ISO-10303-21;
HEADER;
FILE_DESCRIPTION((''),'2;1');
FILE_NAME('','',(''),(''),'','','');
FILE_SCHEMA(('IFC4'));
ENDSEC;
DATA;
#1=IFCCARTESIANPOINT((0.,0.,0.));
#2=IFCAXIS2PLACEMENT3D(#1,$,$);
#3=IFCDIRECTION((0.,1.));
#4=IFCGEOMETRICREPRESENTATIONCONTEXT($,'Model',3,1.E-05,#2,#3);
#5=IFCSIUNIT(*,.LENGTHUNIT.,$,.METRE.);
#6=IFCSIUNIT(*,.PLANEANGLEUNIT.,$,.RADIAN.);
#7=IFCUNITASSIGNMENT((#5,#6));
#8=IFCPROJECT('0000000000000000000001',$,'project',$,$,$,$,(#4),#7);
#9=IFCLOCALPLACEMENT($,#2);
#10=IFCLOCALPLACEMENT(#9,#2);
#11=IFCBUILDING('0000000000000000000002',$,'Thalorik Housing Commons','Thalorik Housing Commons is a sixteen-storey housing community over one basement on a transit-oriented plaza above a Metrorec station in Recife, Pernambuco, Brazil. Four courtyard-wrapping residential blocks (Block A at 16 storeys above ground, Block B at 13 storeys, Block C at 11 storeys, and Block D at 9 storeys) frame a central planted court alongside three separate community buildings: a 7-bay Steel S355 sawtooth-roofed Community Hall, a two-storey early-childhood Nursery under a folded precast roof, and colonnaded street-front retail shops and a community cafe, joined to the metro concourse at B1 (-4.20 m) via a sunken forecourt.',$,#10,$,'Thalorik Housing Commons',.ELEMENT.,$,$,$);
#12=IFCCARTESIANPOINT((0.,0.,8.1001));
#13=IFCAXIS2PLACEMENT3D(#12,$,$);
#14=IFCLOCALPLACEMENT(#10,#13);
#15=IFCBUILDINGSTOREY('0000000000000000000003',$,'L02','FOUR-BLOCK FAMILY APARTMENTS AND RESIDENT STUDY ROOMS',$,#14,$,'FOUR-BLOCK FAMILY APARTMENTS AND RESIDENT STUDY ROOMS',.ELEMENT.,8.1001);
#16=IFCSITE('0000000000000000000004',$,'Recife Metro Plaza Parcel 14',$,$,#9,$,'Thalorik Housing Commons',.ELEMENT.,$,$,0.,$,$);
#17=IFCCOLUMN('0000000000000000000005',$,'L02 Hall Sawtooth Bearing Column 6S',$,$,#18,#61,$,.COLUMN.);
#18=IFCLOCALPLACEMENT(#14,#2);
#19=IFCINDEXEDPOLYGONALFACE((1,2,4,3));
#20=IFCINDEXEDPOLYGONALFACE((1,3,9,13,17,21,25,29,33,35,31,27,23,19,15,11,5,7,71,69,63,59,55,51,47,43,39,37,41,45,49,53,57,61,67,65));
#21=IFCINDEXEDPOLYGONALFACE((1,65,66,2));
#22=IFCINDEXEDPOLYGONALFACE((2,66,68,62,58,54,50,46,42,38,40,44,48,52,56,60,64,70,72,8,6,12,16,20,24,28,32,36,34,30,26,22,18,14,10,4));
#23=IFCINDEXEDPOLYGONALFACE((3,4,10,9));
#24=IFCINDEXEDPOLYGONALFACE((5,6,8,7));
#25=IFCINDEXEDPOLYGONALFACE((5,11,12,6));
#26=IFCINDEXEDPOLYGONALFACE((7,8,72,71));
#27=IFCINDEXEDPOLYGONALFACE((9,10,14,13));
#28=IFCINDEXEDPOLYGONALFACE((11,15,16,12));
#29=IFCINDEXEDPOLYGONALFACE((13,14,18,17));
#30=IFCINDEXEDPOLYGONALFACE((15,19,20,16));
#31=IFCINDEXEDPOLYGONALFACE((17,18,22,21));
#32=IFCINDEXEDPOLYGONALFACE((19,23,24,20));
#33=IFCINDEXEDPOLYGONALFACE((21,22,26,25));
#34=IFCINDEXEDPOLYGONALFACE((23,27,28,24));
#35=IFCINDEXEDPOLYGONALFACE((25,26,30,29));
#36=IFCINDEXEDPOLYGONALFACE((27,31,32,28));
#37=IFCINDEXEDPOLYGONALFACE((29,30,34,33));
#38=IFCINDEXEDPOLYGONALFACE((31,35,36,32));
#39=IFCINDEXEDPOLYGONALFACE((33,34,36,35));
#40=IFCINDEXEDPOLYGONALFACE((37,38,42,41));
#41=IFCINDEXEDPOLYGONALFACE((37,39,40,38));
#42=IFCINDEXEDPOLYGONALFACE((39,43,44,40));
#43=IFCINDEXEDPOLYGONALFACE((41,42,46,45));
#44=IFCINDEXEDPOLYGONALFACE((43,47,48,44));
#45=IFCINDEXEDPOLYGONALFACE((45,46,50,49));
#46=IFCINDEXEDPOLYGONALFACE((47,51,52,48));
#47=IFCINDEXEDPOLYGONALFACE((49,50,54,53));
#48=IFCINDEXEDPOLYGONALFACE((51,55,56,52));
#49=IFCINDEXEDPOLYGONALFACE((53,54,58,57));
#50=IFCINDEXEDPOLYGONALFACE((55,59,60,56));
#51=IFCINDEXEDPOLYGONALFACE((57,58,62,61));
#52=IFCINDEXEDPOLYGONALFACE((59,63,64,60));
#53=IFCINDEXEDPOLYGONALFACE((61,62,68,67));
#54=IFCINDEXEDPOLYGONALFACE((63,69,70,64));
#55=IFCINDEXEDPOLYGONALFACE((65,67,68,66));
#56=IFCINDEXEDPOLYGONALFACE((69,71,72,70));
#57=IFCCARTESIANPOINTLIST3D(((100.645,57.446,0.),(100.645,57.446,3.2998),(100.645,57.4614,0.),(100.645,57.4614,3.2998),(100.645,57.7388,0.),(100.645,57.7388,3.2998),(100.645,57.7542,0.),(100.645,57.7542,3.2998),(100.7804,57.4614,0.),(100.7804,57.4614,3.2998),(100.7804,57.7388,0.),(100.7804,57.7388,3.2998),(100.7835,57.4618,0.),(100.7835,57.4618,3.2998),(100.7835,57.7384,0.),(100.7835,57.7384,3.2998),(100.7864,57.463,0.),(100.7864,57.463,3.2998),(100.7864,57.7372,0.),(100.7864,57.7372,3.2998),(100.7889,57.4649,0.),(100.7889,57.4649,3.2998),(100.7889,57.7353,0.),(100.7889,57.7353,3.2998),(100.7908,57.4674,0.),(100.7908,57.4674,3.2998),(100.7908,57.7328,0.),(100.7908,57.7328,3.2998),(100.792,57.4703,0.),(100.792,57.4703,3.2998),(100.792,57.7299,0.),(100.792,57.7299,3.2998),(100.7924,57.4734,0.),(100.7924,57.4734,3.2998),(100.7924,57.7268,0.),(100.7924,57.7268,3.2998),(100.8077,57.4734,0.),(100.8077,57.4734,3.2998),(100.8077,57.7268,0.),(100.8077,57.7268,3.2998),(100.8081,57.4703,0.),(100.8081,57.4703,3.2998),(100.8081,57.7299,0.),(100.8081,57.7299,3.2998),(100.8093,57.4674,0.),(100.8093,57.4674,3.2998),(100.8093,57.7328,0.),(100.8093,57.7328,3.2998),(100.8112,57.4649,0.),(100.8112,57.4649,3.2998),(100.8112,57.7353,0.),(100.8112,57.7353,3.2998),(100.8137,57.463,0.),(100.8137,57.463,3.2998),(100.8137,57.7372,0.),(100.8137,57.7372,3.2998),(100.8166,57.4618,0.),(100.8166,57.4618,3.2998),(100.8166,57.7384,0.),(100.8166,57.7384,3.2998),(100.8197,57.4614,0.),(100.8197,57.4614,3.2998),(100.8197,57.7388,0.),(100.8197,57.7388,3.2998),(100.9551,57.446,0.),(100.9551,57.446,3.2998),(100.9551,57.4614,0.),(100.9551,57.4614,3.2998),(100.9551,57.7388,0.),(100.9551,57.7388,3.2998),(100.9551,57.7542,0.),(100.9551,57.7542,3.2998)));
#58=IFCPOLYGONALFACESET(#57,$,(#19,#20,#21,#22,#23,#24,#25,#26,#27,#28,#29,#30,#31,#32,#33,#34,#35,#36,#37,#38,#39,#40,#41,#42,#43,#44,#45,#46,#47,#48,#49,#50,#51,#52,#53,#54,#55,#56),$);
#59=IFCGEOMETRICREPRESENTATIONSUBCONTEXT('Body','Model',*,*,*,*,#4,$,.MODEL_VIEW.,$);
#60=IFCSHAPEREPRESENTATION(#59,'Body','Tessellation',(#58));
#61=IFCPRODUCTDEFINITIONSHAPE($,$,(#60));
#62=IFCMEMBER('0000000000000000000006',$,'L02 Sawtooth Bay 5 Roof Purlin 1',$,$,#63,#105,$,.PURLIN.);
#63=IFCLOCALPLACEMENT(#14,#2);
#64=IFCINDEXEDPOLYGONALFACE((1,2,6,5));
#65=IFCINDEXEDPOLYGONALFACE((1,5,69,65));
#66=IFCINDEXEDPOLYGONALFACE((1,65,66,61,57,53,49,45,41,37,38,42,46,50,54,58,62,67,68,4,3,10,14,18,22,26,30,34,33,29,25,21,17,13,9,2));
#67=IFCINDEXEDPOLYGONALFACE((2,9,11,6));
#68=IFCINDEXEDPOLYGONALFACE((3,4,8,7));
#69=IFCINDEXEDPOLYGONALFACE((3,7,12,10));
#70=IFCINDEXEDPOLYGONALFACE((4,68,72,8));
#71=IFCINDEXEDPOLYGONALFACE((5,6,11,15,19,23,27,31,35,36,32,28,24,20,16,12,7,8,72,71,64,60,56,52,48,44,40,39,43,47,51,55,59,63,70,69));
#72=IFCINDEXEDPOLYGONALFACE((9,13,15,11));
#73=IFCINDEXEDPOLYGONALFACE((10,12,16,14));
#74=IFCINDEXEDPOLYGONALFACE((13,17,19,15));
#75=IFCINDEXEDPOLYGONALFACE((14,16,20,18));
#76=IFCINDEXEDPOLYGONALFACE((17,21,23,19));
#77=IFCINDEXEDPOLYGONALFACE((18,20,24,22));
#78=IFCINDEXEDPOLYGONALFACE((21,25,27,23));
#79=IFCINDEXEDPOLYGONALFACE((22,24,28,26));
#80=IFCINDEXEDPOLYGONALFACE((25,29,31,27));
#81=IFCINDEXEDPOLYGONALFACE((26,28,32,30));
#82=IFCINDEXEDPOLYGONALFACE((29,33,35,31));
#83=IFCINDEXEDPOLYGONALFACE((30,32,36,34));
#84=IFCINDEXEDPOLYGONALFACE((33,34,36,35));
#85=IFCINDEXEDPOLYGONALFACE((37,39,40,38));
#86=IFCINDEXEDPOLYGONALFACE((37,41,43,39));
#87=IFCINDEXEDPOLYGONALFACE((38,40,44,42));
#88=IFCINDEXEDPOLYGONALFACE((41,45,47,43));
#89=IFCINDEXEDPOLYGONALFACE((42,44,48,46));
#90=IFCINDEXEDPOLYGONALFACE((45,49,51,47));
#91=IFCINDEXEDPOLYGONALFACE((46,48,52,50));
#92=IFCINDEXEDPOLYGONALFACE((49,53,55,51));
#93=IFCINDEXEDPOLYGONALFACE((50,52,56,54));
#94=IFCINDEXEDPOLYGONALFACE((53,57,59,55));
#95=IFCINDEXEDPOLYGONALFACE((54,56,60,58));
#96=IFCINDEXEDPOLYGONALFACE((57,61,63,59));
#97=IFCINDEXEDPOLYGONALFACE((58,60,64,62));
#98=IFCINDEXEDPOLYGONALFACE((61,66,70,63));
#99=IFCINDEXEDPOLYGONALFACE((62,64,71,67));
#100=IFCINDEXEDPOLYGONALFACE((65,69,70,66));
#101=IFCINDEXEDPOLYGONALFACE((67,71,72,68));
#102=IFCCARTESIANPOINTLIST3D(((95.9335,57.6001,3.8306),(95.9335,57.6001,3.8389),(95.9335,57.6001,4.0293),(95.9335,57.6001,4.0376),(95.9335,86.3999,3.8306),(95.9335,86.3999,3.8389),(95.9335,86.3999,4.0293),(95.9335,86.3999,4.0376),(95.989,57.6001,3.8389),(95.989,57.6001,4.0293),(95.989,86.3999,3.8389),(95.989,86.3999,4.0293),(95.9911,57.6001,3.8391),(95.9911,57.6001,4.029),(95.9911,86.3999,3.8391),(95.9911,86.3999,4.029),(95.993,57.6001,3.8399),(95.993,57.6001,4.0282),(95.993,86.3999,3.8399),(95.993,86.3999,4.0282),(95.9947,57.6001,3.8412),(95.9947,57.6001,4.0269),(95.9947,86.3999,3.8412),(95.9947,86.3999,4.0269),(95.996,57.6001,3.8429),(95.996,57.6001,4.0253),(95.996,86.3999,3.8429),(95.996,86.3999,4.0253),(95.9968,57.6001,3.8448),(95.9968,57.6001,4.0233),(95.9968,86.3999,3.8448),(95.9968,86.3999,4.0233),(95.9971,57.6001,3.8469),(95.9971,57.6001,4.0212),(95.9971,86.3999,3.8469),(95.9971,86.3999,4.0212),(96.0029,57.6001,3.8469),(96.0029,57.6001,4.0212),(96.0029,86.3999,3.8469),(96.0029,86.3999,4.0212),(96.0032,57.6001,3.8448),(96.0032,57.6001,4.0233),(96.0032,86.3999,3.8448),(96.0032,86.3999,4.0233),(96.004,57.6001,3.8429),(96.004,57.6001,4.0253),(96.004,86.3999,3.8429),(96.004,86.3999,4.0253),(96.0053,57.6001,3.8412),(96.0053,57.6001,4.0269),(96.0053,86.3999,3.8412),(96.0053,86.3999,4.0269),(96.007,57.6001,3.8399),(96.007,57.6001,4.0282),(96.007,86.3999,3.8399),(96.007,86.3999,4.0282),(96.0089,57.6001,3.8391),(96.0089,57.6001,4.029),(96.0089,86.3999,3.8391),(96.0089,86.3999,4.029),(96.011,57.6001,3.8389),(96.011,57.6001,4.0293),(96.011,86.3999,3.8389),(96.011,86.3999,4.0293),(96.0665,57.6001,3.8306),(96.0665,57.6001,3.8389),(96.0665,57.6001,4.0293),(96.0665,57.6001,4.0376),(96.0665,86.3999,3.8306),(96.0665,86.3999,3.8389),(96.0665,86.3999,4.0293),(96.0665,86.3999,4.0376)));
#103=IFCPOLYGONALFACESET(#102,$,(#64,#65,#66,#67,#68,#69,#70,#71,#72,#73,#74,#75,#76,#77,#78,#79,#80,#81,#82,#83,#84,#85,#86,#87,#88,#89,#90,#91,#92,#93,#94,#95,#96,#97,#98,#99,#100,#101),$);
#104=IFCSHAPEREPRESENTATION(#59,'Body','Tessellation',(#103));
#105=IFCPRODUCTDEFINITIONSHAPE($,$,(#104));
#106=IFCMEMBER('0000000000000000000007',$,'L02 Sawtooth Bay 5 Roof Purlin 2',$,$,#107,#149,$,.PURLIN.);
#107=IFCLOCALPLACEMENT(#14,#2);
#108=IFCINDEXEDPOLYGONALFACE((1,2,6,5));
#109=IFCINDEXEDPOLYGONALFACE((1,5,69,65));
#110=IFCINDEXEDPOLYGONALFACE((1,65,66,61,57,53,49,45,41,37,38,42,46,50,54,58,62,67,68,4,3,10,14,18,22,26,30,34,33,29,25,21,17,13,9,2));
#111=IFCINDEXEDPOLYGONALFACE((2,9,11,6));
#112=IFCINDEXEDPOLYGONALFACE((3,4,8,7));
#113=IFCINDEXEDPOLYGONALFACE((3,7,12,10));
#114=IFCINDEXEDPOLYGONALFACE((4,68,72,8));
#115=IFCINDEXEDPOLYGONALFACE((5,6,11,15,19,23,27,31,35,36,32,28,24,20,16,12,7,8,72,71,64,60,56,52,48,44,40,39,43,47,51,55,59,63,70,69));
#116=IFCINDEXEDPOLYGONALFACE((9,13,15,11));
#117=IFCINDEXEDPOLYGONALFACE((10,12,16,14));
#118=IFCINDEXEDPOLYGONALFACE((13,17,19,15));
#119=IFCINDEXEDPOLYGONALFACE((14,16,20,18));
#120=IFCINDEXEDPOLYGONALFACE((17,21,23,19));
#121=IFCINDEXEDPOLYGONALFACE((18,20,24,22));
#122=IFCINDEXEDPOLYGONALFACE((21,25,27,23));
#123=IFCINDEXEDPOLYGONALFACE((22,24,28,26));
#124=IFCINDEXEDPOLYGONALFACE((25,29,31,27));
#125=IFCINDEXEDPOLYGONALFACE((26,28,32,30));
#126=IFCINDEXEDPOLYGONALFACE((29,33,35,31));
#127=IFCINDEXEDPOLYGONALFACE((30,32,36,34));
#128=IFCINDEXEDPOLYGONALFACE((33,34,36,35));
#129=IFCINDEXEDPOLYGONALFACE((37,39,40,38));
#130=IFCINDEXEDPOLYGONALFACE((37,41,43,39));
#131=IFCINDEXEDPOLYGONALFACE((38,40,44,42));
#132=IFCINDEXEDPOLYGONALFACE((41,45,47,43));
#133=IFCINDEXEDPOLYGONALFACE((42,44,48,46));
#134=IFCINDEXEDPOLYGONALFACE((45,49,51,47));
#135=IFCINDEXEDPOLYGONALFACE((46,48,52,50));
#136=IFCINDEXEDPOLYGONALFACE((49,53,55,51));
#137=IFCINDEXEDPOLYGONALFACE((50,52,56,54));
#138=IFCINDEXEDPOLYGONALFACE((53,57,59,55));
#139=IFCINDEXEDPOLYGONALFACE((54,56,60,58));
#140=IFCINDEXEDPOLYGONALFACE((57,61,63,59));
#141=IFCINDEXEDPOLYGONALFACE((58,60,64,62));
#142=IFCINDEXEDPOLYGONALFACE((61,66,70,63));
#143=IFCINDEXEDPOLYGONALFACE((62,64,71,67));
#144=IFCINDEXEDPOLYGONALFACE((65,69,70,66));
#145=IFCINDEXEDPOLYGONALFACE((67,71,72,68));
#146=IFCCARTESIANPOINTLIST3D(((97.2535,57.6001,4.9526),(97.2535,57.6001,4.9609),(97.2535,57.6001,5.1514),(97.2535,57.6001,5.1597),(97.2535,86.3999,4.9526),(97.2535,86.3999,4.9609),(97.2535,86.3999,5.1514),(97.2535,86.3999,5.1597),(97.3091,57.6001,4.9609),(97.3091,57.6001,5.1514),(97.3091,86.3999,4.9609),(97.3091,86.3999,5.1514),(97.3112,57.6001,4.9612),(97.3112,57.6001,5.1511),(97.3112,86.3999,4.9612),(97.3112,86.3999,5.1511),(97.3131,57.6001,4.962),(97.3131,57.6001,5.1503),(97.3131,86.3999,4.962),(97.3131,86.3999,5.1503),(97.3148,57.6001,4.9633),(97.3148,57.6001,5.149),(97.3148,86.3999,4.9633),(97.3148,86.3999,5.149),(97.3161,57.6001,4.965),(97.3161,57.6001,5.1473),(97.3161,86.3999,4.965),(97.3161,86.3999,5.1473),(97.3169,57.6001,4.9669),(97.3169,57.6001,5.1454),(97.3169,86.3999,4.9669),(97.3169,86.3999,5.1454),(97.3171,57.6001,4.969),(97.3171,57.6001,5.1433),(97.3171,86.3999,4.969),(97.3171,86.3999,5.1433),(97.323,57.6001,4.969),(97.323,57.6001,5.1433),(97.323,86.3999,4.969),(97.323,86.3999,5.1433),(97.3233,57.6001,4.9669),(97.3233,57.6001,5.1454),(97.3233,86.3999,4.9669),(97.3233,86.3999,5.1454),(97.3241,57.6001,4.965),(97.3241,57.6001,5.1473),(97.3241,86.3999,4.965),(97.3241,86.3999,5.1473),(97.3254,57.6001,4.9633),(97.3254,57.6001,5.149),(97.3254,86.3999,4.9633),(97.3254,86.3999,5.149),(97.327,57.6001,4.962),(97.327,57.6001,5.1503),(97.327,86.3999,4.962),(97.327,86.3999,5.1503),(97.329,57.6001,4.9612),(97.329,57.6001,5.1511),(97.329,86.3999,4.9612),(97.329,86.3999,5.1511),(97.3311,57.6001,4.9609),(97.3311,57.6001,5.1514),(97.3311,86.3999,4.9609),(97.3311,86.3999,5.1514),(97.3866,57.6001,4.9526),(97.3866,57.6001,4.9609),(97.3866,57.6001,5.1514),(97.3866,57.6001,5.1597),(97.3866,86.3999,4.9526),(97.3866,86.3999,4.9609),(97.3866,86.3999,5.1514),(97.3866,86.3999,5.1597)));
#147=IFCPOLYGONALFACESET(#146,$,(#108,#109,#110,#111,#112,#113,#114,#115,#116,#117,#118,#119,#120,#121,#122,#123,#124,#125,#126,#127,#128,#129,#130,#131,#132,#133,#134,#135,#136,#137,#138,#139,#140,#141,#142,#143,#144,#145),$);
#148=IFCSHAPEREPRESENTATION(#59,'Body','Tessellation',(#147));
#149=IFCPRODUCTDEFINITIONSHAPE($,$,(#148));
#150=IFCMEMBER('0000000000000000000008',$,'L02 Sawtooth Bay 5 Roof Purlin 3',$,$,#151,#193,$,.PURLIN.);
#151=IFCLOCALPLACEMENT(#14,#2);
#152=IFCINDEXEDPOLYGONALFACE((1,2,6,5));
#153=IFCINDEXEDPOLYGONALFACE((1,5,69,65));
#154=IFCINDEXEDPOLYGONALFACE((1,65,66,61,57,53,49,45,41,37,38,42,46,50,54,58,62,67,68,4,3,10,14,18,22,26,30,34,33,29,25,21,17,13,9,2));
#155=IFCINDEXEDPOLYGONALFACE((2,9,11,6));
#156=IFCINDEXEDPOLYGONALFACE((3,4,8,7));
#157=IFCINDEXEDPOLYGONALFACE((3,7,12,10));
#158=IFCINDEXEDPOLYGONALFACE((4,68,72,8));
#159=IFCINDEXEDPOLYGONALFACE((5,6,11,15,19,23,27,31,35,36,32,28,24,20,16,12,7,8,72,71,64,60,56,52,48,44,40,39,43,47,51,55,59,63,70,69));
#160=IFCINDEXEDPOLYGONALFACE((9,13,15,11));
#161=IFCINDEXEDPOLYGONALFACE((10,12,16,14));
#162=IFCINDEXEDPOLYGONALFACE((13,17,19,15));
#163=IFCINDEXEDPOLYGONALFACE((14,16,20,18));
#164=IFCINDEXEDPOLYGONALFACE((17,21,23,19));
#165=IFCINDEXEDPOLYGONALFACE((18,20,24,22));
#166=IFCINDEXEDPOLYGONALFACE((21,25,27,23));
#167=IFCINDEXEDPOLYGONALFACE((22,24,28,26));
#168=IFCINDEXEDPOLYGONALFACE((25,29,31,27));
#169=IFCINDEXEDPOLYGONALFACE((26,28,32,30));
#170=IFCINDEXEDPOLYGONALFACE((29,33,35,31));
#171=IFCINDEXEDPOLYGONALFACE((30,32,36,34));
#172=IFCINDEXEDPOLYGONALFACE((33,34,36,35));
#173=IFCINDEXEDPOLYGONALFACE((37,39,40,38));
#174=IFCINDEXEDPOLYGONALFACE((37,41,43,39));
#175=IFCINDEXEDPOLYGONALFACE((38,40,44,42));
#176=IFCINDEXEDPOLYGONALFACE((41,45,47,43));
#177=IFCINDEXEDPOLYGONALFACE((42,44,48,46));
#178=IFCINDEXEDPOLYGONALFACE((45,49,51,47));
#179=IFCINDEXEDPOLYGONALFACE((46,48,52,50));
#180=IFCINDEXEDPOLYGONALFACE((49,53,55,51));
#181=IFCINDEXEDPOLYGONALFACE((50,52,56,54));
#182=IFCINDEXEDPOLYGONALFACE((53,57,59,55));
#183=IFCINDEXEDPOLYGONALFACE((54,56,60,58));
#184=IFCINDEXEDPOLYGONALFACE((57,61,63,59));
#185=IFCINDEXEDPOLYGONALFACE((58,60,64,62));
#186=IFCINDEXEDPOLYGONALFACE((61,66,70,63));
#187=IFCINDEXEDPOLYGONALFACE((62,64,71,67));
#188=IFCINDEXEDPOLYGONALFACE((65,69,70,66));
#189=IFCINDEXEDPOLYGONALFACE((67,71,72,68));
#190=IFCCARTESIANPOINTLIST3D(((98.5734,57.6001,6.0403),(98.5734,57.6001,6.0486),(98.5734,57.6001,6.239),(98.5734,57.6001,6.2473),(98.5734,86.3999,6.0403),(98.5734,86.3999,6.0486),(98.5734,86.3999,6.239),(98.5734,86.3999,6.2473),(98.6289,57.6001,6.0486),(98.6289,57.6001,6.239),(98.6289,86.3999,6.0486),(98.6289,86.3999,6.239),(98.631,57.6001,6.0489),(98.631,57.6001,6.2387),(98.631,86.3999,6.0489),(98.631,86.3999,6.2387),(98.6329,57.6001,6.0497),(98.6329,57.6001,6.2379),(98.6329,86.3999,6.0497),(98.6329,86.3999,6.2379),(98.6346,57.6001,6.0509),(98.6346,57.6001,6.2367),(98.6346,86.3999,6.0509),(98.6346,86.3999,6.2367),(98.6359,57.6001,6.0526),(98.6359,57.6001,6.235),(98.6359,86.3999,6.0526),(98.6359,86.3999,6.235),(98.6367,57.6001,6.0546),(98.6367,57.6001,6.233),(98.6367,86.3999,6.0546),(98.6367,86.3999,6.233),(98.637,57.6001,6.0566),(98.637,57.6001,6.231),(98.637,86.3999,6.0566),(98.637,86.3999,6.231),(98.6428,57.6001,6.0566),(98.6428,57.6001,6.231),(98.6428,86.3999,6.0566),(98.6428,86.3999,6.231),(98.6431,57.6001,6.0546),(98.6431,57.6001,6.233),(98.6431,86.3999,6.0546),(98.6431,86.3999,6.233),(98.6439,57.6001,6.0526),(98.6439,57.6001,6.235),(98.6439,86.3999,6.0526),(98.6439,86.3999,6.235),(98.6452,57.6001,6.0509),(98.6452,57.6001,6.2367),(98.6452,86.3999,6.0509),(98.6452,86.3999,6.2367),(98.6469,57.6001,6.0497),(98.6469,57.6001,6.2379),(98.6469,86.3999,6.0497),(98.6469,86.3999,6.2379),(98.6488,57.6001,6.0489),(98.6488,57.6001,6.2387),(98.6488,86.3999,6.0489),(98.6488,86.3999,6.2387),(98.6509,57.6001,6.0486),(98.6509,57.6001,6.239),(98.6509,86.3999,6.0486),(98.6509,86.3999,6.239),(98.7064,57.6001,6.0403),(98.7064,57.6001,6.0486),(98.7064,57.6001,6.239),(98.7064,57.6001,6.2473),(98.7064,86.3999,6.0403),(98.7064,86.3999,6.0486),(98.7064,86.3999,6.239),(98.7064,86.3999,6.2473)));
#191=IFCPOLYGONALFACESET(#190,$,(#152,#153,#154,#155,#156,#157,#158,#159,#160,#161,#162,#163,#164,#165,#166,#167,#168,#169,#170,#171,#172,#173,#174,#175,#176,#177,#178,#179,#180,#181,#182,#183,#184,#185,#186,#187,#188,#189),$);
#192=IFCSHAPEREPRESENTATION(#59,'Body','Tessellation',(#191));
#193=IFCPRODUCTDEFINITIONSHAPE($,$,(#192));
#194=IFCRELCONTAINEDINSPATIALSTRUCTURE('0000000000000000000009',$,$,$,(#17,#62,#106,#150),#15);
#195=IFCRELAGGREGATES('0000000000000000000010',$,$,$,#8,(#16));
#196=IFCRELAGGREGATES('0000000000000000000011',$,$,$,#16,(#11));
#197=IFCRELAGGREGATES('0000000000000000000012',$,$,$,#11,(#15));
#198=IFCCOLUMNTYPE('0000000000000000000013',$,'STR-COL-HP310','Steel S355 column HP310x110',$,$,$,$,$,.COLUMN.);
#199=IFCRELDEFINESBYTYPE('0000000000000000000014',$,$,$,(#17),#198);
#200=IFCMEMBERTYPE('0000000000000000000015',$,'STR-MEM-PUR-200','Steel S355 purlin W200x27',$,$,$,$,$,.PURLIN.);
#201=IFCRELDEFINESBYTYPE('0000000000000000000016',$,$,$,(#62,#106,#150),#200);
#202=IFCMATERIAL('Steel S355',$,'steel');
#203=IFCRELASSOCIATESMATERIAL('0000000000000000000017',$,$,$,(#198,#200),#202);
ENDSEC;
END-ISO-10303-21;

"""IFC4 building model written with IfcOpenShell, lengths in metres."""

from ifc_helpers import new_model, si_unit, direction, frame, origin, origin_2d, place, context, subcontext, project, spatial, i_section, extrude, material, material_profile, profile_set, type_object, element, save


model = new_model("IFC4")

# Units and contexts
model_context = context("Model", 3, precision=1e-05, world=origin(), true_north=direction((0.0, 1.0)))
body_context = subcontext(model_context, "Body", "Model", "MODEL_VIEW")
ifc_project = project(units=[si_unit("LENGTHUNIT", "METRE"), si_unit("PLANEANGLEUNIT", "RADIAN")], contexts=[model_context])

# Site, building, storey
site_placement = place(None, origin())
site = spatial("IfcSite", under=ifc_project, at=site_placement, Name="Recife Metro Plaza Parcel 14", LongName="Thalorik Housing Commons", CompositionType="ELEMENT", RefElevation=0.0)
building_placement = place(site_placement, origin())
building = spatial("IfcBuilding", under=site, at=building_placement, Name="Thalorik Housing Commons", Description="Thalorik Housing Commons is a sixteen-storey housing community over one basement on a transit-oriented plaza above a Metrorec station in Recife, Pernambuco, Brazil. Four courtyard-wrapping residential blocks (Block A at 16 storeys above ground, Block B at 13 storeys, Block C at 11 storeys, and Block D at 9 storeys) frame a central planted court alongside three separate community buildings: a 7-bay Steel S355 sawtooth-roofed Community Hall, a two-storey early-childhood Nursery under a folded precast roof, and colonnaded street-front retail shops and a community cafe, joined to the metro concourse at B1 (-4.20 m) via a sunken forecourt.", LongName="Thalorik Housing Commons", CompositionType="ELEMENT")
storey_placement = place(building_placement, frame((0.0, 0.0, 8.1001)))
storey = spatial("IfcBuildingStorey", under=building, at=storey_placement, Name="L02", Description="FOUR-BLOCK FAMILY APARTMENTS AND RESIDENT STUDY ROOMS", LongName="FOUR-BLOCK FAMILY APARTMENTS AND RESIDENT STUDY ROOMS", CompositionType="ELEMENT", Elevation=8.1001)

# Column
ifc_material_1 = material(Name="Steel S355", Category="steel")
ifc_material_profile_1 = material_profile(ifc_material_1, i_section(OverallWidth=0.3101, OverallDepth=0.3081, WebThickness=0.0154, FlangeThickness=0.0154, FilletRadius=0.012, at=origin_2d()), Name="HP310x110", Category="steel")
ifc_profile_set_1 = profile_set([ifc_material_profile_1], Name="Steel S355")
column_type = type_object("IfcColumnType", Name="STR-COL-HP310", Description="Steel S355 column HP310x110", PredefinedType="COLUMN", material=ifc_profile_set_1)
column_placement = place(storey_placement, frame((100.8, 57.6001, 0.0), z_axis=(0.0, 0.0, 1.0), x_axis=(1.0, 0.0, 0.0)))
element("IfcColumn", 1, at=column_placement, inside=storey, type_object=column_type, Name="L02 Hall Sawtooth Bearing Column 6S", PredefinedType="COLUMN", context=body_context, shape_type="SweptSolid", body=[
    extrude(i_section(OverallWidth=0.3101, OverallDepth=0.3081, WebThickness=0.0154, FlangeThickness=0.0154, FilletRadius=0.012, at=origin_2d()), origin(), (0.0, 0.0, 1.0), 3.2998),
])

# Members
ifc_material_profile_2 = material_profile(ifc_material_1, i_section(OverallWidth=0.1331, OverallDepth=0.207, WebThickness=0.0059, FlangeThickness=0.0083, FilletRadius=0.0081, at=origin_2d()), Name="W200x27", Category="steel")
ifc_profile_set_2 = profile_set([ifc_material_profile_2], Name="Steel S355")
member_type_1 = type_object("IfcMemberType", Name="STR-MEM-PUR-200", Description="Steel S355 purlin W200x27", PredefinedType="PURLIN", material=ifc_profile_set_2)
for number, where, z_axis, x_axis, name in (
    (2, (96.0, 57.6001, 3.9341), (0.0, 1.0, 0.0), (-1.0, 0.0, 0.0), "L02 Sawtooth Bay 5 Roof Purlin 1"),
    (3, (97.3201, 57.6001, 5.0562), (0.0, 1.0, 0.0), (-1.0, 0.0, 0.0), "L02 Sawtooth Bay 5 Roof Purlin 2"),
    (4, (98.6399, 57.6001, 6.1438), (0.0, 1.0, 0.0), (-1.0, 0.0, 0.0), "L02 Sawtooth Bay 5 Roof Purlin 3"),
):
    element("IfcMember", number, at=place(storey_placement, frame(where, z_axis=z_axis, x_axis=x_axis)), inside=storey, type_object=member_type_1, Name=name, PredefinedType="PURLIN", context=body_context, shape_type="SweptSolid", body=[
        extrude(i_section(OverallWidth=0.1331, OverallDepth=0.207, WebThickness=0.0059, FlangeThickness=0.0083, FilletRadius=0.0081, at=origin_2d()), origin(), (0.0, 0.0, 1.0), 28.7998),
    ])

save(model, "model.ifc")
